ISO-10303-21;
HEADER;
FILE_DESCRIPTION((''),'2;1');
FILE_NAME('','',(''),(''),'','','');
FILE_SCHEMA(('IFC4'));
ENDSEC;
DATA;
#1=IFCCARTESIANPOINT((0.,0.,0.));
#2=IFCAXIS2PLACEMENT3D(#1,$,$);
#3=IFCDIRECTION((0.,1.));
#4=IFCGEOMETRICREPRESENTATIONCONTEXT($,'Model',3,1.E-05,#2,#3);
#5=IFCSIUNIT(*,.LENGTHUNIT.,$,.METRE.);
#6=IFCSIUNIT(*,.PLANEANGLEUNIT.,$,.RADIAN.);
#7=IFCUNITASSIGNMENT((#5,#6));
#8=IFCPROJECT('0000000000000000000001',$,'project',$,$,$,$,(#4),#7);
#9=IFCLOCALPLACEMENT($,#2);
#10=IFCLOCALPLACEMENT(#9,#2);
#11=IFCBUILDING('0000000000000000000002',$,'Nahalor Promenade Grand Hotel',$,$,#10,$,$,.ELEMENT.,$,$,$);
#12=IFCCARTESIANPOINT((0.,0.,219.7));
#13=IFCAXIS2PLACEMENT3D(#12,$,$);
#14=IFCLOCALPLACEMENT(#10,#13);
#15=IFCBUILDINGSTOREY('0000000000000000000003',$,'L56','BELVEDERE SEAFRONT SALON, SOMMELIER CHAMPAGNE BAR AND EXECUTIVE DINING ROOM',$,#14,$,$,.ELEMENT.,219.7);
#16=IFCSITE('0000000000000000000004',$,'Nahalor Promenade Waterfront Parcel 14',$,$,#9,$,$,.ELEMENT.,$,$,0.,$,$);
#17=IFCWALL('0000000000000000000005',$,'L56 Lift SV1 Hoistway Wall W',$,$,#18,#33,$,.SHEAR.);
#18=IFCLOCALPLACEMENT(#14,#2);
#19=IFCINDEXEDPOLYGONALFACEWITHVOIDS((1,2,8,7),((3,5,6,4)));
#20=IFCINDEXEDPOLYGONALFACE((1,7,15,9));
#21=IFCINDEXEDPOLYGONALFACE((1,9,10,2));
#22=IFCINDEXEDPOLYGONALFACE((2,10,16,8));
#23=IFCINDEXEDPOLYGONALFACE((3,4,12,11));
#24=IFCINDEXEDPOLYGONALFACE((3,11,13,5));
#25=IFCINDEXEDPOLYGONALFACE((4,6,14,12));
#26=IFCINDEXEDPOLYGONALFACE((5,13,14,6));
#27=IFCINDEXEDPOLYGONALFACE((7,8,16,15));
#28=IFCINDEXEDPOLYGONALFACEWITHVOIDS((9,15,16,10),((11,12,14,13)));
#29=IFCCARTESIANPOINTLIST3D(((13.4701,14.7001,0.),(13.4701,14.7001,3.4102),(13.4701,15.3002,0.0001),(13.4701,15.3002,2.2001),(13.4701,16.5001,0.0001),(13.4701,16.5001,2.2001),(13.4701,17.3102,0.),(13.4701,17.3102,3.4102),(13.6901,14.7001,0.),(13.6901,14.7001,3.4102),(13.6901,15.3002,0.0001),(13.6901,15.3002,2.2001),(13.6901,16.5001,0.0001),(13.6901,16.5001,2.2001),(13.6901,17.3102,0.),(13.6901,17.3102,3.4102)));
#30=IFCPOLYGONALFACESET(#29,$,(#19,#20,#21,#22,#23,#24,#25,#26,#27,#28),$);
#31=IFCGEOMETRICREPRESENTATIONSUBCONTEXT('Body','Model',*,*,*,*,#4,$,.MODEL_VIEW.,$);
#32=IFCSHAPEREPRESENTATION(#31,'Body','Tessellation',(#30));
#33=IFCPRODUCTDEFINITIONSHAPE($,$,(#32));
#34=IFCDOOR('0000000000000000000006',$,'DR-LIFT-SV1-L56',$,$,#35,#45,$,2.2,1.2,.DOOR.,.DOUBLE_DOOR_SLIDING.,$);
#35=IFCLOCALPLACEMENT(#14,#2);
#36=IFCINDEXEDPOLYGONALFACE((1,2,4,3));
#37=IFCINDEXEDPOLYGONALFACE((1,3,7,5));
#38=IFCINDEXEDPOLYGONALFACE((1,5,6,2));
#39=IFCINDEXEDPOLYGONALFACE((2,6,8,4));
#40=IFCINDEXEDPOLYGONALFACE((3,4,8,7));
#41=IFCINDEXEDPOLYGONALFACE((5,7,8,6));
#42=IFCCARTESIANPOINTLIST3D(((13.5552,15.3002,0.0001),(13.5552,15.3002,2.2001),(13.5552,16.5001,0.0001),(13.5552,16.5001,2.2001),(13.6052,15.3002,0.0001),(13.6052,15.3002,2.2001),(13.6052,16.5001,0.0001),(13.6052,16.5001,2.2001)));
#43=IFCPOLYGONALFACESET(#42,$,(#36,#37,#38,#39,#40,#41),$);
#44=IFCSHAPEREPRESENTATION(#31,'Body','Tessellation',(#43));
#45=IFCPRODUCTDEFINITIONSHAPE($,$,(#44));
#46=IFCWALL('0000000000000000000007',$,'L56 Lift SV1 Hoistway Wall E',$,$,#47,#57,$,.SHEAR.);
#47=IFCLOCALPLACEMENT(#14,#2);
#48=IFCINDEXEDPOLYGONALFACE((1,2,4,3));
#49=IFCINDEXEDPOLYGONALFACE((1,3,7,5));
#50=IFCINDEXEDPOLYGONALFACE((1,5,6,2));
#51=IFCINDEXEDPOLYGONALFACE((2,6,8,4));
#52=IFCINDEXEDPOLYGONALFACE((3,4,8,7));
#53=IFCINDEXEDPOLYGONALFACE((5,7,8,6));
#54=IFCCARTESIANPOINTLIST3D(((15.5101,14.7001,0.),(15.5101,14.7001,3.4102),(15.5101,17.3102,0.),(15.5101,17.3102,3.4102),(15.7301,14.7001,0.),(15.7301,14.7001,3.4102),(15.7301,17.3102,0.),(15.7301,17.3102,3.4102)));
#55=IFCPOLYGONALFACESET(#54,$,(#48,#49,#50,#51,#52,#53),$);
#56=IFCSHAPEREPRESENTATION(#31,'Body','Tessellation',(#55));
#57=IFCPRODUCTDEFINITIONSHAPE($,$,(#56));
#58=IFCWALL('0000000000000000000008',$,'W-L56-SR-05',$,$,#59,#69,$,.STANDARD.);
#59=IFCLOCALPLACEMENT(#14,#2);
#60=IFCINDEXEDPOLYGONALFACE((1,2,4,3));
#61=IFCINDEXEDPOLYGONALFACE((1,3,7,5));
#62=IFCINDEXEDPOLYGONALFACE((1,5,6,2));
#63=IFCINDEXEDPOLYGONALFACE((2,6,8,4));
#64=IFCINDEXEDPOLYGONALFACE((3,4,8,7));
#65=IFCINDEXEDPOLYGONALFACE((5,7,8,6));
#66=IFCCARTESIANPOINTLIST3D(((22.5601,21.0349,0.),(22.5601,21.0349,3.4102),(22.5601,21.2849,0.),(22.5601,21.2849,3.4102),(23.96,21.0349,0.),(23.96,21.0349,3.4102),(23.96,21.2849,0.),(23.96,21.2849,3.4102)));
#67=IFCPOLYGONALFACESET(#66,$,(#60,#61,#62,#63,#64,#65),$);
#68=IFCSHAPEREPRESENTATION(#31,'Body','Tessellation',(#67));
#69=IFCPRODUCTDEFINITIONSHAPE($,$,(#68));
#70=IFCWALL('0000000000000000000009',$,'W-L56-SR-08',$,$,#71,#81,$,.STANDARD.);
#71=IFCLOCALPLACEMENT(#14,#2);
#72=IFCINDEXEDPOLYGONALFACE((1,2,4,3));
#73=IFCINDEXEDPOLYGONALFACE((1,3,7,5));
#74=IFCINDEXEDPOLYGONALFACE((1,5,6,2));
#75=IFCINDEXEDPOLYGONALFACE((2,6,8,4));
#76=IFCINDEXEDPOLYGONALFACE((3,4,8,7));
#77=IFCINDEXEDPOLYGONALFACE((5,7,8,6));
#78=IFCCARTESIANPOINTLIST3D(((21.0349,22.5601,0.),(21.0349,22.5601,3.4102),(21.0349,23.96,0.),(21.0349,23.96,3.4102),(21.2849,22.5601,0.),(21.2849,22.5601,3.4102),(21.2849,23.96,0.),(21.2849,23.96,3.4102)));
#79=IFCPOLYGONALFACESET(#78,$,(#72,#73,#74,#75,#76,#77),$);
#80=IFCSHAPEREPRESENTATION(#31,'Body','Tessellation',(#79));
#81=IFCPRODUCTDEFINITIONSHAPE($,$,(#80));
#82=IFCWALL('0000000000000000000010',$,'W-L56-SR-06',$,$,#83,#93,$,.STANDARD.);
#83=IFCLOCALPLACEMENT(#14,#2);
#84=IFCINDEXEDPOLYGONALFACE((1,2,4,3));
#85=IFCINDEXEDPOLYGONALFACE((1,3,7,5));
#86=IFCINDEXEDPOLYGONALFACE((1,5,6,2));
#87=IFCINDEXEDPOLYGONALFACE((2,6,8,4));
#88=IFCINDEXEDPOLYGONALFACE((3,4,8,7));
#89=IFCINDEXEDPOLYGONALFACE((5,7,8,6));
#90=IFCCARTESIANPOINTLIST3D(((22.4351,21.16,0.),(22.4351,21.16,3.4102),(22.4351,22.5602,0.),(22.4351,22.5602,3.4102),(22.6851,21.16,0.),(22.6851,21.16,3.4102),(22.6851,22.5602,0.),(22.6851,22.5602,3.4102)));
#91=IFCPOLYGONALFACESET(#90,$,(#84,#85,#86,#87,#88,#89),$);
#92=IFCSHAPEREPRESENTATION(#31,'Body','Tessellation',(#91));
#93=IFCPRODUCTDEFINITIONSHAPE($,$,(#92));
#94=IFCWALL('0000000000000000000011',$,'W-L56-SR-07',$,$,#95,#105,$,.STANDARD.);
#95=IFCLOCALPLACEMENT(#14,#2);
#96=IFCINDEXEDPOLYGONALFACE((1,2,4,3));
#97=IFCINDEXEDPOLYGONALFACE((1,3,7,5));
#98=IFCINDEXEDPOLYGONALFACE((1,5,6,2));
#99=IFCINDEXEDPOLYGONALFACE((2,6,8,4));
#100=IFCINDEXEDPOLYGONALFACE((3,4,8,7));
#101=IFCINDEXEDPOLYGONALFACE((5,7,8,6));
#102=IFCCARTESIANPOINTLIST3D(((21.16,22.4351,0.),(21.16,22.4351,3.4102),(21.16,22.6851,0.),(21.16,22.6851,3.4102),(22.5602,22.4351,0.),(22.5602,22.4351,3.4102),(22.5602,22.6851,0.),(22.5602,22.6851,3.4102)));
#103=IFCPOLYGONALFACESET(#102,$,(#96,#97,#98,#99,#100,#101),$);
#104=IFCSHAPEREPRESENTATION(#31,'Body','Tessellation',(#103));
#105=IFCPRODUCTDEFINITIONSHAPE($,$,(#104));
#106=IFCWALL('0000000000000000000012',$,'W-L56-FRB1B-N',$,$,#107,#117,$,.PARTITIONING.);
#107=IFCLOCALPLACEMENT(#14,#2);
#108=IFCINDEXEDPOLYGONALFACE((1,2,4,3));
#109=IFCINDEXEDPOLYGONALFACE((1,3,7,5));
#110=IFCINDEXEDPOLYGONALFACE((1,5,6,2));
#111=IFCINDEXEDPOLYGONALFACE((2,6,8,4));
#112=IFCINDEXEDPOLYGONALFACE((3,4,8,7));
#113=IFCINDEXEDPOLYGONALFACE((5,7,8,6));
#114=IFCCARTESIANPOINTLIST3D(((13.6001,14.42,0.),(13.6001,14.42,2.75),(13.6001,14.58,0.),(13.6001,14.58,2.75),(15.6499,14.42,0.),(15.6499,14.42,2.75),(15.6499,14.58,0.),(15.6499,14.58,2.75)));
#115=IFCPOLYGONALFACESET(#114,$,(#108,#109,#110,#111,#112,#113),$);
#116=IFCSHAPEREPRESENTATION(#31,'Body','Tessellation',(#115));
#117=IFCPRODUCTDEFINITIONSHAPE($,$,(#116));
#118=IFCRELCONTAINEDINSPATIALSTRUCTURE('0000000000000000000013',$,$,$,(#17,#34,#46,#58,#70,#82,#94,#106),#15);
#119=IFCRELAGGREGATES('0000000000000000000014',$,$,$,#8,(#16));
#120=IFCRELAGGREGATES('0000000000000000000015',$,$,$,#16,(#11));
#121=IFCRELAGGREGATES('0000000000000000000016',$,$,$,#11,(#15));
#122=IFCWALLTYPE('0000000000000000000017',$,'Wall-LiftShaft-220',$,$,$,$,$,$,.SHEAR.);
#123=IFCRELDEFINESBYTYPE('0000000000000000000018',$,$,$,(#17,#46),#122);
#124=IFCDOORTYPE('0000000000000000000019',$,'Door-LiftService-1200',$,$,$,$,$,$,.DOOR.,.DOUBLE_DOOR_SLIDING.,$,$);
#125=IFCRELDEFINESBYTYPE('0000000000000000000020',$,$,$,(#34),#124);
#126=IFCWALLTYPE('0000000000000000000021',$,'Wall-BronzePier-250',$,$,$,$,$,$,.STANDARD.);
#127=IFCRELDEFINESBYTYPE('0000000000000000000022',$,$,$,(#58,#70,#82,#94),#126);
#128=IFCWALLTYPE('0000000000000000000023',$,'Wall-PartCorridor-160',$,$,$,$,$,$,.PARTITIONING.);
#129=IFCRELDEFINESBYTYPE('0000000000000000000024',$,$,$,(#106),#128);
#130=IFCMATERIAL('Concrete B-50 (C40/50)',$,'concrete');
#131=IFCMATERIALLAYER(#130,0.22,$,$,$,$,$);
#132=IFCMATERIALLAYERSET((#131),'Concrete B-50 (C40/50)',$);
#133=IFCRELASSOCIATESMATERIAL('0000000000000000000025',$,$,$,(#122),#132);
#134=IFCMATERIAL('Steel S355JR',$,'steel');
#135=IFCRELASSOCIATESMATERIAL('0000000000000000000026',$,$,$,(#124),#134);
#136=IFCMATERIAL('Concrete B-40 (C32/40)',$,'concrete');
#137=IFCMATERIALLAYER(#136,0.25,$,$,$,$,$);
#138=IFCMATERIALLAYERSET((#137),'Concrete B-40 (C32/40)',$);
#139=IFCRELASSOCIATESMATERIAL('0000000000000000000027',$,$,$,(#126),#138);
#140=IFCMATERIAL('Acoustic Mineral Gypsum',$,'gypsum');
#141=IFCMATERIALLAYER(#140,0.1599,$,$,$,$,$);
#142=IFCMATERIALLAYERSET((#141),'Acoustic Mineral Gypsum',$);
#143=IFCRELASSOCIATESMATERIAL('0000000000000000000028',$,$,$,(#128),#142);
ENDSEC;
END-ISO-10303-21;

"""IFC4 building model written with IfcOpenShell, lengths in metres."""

from ifc_helpers import new_model, si_unit, direction, frame, frame_2d, origin, place, context, subcontext, project, spatial, rectangle, extrude, source, transform, mapped, material, layer, layer_set, type_object, element, fill, save


model = new_model("IFC4")

# Units and contexts
model_context = context("Model", 3, precision=1e-05, world=origin(), true_north=direction((0.0, 1.0)))
body_context = subcontext(model_context, "Body", "Model", "MODEL_VIEW")
ifc_project = project(units=[si_unit("LENGTHUNIT", "METRE"), si_unit("PLANEANGLEUNIT", "RADIAN")], contexts=[model_context])

# Site, building, storey
site_placement = place(None, origin())
site = spatial("IfcSite", under=ifc_project, at=site_placement, Name="Nahalor Promenade Waterfront Parcel 14", CompositionType="ELEMENT", RefElevation=0.0)
building_placement = place(site_placement, origin())
building = spatial("IfcBuilding", under=site, at=building_placement, Name="Nahalor Promenade Grand Hotel", CompositionType="ELEMENT")
storey_placement = place(building_placement, frame((0.0, 0.0, 219.7)))
storey = spatial("IfcBuildingStorey", under=building, at=storey_placement, Name="L56", Description="BELVEDERE SEAFRONT SALON, SOMMELIER CHAMPAGNE BAR AND EXECUTIVE DINING ROOM", CompositionType="ELEMENT", Elevation=219.7)

# Shared definitions
ifc_material_1 = material(Name="Steel S355JR", Category="steel")

# Shared definitions
ifc_material_2 = material(Name="Concrete B-50 (C40/50)", Category="concrete")
ifc_layer_1 = layer(ifc_material_2, 0.22)
ifc_layer_set_1 = layer_set([ifc_layer_1], Name="Concrete B-50 (C40/50)")
wall_type_1 = type_object("IfcWallType", Name="Wall-LiftShaft-220", PredefinedType="SHEAR", material=ifc_layer_set_1)

# Wall, opening, door
shared_shape_1 = source(origin(), body_context, "Body", "SweptSolid", [
    extrude(rectangle(XDim=2.6101, YDim=0.22, at=frame_2d((1.3052, 0.0))), origin(), (0.0, 0.0, 1.0), 3.4102),
])
wall_1_placement = place(storey_placement, frame((13.5801, 14.7, 0.0), z_axis=(0.0, 0.0, 1.0), x_axis=(0.0, 1.0, 0.0)))
wall_1 = element("IfcWall", 1, at=wall_1_placement, inside=storey, type_object=wall_type_1, Name="L56 Lift SV1 Hoistway Wall W", PredefinedType="SHEAR", context=body_context, shape_type="MappedRepresentation", body=[
    mapped(shared_shape_1, transform((0.0, 0.0, 0.0), scale=1.0)),
])
opening_placement = place(wall_1_placement, frame((0.6001, 0.0, 0.0)))
opening = element("IfcOpeningElement", 2, at=opening_placement, cuts=wall_1, PredefinedType="OPENING", context=body_context, shape_type="SweptSolid", body=[
    extrude(rectangle(XDim=1.2, YDim=2.2, at=frame_2d((0.6001, 1.1001))), frame((0.0, 0.1199, 0.0), z_axis=(0.0, -1.0, 0.0), x_axis=(1.0, 0.0, 0.0)), (0.0, 0.0, 1.0), 0.24),
])
door_type = type_object("IfcDoorType", Name="Door-LiftService-1200", OperationType="DOUBLE_DOOR_SLIDING", PredefinedType="DOOR", material=ifc_material_1)
shared_shape_2 = source(origin(), body_context, "Body", "SweptSolid", [
    extrude(rectangle(XDim=1.2, YDim=2.2, at=frame_2d((0.6001, 1.1001))), frame((0.0, 0.0249, 0.0), z_axis=(0.0, -1.0, 0.0), x_axis=(1.0, 0.0, 0.0)), (0.0, 0.0, 1.0), 0.05),
])
door_placement = place(opening_placement, origin())
door = element("IfcDoor", 3, at=door_placement, inside=storey, type_object=door_type, Name="DR-LIFT-SV1-L56", OperationType="DOUBLE_DOOR_SLIDING", OverallHeight=2.2, OverallWidth=1.2, PredefinedType="DOOR", context=body_context, shape_type="MappedRepresentation", body=[
    mapped(shared_shape_2, transform((0.0, 0.0, 0.0), scale=1.0)),
])
fill(opening, door)

# Walls
wall_2_placement = place(storey_placement, frame((15.6201, 14.7, 0.0), z_axis=(0.0, 0.0, 1.0), x_axis=(0.0, 1.0, 0.0)))
element("IfcWall", 4, at=wall_2_placement, inside=storey, type_object=wall_type_1, Name="L56 Lift SV1 Hoistway Wall E", PredefinedType="SHEAR", context=body_context, shape_type="MappedRepresentation", body=[
    mapped(shared_shape_1, transform((0.0, 0.0, 0.0), scale=1.0)),
])
ifc_material_3 = material(Name="Concrete B-40 (C32/40)", Category="concrete")
ifc_layer_2 = layer(ifc_material_3, 0.25)
ifc_layer_set_2 = layer_set([ifc_layer_2], Name="Concrete B-40 (C32/40)")
wall_type_2 = type_object("IfcWallType", Name="Wall-BronzePier-250", PredefinedType="STANDARD", material=ifc_layer_set_2)
shared_shape_3 = source(origin(), body_context, "Body", "SweptSolid", [
    extrude(rectangle(XDim=1.3999, YDim=0.25, at=frame_2d((0.7, 0.0))), origin(), (0.0, 0.0, 1.0), 3.4102),
])
for number, where, z_axis, x_axis, name in (
    (5, (22.5601, 21.1599, 0.0), (0.0, 0.0, 1.0), (1.0, 0.0, 0.0), "W-L56-SR-05"),
    (6, (21.1599, 22.5601, 0.0), (0.0, 0.0, 1.0), (0.0, 1.0, 0.0), "W-L56-SR-08"),
):
    element("IfcWall", number, at=place(storey_placement, frame(where, z_axis=z_axis, x_axis=x_axis)), inside=storey, type_object=wall_type_2, Name=name, PredefinedType="STANDARD", context=body_context, shape_type="MappedRepresentation", body=[
        mapped(shared_shape_3, transform((0.0, 0.0, 0.0), scale=1.0)),
    ])
shared_shape_4 = source(origin(), body_context, "Body", "SweptSolid", [
    extrude(rectangle(XDim=1.4001, YDim=0.25, at=frame_2d((0.7002, 0.0))), origin(), (0.0, 0.0, 1.0), 3.4102),
])
for number, where, z_axis, x_axis, name in (
    (7, (22.5601, 21.1599, 0.0), (0.0, 0.0, 1.0), (0.0, 1.0, 0.0), "W-L56-SR-06"),
    (8, (21.1599, 22.5601, 0.0), (0.0, 0.0, 1.0), (1.0, 0.0, 0.0), "W-L56-SR-07"),
):
    element("IfcWall", number, at=place(storey_placement, frame(where, z_axis=z_axis, x_axis=x_axis)), inside=storey, type_object=wall_type_2, Name=name, PredefinedType="STANDARD", context=body_context, shape_type="MappedRepresentation", body=[
        mapped(shared_shape_4, transform((0.0, 0.0, 0.0), scale=1.0)),
    ])
ifc_material_4 = material(Name="Acoustic Mineral Gypsum", Category="gypsum")
ifc_layer_3 = layer(ifc_material_4, 0.1599)
ifc_layer_set_3 = layer_set([ifc_layer_3], Name="Acoustic Mineral Gypsum")
wall_type_3 = type_object("IfcWallType", Name="Wall-PartCorridor-160", PredefinedType="PARTITIONING", material=ifc_layer_set_3)
shared_shape_5 = source(origin(), body_context, "Body", "SweptSolid", [
    extrude(rectangle(XDim=2.0498, YDim=0.1599, at=frame_2d((1.0249, 0.0))), origin(), (0.0, 0.0, 1.0), 2.75),
])
wall_3_placement = place(storey_placement, frame((13.6001, 14.5, 0.0), z_axis=(0.0, 0.0, 1.0), x_axis=(1.0, 0.0, 0.0)))
element("IfcWall", 9, at=wall_3_placement, inside=storey, type_object=wall_type_3, Name="W-L56-FRB1B-N", PredefinedType="PARTITIONING", context=body_context, shape_type="MappedRepresentation", body=[
    mapped(shared_shape_5, transform((0.0, 0.0, 0.0), scale=1.0)),
])

save(model, "model.ifc")
